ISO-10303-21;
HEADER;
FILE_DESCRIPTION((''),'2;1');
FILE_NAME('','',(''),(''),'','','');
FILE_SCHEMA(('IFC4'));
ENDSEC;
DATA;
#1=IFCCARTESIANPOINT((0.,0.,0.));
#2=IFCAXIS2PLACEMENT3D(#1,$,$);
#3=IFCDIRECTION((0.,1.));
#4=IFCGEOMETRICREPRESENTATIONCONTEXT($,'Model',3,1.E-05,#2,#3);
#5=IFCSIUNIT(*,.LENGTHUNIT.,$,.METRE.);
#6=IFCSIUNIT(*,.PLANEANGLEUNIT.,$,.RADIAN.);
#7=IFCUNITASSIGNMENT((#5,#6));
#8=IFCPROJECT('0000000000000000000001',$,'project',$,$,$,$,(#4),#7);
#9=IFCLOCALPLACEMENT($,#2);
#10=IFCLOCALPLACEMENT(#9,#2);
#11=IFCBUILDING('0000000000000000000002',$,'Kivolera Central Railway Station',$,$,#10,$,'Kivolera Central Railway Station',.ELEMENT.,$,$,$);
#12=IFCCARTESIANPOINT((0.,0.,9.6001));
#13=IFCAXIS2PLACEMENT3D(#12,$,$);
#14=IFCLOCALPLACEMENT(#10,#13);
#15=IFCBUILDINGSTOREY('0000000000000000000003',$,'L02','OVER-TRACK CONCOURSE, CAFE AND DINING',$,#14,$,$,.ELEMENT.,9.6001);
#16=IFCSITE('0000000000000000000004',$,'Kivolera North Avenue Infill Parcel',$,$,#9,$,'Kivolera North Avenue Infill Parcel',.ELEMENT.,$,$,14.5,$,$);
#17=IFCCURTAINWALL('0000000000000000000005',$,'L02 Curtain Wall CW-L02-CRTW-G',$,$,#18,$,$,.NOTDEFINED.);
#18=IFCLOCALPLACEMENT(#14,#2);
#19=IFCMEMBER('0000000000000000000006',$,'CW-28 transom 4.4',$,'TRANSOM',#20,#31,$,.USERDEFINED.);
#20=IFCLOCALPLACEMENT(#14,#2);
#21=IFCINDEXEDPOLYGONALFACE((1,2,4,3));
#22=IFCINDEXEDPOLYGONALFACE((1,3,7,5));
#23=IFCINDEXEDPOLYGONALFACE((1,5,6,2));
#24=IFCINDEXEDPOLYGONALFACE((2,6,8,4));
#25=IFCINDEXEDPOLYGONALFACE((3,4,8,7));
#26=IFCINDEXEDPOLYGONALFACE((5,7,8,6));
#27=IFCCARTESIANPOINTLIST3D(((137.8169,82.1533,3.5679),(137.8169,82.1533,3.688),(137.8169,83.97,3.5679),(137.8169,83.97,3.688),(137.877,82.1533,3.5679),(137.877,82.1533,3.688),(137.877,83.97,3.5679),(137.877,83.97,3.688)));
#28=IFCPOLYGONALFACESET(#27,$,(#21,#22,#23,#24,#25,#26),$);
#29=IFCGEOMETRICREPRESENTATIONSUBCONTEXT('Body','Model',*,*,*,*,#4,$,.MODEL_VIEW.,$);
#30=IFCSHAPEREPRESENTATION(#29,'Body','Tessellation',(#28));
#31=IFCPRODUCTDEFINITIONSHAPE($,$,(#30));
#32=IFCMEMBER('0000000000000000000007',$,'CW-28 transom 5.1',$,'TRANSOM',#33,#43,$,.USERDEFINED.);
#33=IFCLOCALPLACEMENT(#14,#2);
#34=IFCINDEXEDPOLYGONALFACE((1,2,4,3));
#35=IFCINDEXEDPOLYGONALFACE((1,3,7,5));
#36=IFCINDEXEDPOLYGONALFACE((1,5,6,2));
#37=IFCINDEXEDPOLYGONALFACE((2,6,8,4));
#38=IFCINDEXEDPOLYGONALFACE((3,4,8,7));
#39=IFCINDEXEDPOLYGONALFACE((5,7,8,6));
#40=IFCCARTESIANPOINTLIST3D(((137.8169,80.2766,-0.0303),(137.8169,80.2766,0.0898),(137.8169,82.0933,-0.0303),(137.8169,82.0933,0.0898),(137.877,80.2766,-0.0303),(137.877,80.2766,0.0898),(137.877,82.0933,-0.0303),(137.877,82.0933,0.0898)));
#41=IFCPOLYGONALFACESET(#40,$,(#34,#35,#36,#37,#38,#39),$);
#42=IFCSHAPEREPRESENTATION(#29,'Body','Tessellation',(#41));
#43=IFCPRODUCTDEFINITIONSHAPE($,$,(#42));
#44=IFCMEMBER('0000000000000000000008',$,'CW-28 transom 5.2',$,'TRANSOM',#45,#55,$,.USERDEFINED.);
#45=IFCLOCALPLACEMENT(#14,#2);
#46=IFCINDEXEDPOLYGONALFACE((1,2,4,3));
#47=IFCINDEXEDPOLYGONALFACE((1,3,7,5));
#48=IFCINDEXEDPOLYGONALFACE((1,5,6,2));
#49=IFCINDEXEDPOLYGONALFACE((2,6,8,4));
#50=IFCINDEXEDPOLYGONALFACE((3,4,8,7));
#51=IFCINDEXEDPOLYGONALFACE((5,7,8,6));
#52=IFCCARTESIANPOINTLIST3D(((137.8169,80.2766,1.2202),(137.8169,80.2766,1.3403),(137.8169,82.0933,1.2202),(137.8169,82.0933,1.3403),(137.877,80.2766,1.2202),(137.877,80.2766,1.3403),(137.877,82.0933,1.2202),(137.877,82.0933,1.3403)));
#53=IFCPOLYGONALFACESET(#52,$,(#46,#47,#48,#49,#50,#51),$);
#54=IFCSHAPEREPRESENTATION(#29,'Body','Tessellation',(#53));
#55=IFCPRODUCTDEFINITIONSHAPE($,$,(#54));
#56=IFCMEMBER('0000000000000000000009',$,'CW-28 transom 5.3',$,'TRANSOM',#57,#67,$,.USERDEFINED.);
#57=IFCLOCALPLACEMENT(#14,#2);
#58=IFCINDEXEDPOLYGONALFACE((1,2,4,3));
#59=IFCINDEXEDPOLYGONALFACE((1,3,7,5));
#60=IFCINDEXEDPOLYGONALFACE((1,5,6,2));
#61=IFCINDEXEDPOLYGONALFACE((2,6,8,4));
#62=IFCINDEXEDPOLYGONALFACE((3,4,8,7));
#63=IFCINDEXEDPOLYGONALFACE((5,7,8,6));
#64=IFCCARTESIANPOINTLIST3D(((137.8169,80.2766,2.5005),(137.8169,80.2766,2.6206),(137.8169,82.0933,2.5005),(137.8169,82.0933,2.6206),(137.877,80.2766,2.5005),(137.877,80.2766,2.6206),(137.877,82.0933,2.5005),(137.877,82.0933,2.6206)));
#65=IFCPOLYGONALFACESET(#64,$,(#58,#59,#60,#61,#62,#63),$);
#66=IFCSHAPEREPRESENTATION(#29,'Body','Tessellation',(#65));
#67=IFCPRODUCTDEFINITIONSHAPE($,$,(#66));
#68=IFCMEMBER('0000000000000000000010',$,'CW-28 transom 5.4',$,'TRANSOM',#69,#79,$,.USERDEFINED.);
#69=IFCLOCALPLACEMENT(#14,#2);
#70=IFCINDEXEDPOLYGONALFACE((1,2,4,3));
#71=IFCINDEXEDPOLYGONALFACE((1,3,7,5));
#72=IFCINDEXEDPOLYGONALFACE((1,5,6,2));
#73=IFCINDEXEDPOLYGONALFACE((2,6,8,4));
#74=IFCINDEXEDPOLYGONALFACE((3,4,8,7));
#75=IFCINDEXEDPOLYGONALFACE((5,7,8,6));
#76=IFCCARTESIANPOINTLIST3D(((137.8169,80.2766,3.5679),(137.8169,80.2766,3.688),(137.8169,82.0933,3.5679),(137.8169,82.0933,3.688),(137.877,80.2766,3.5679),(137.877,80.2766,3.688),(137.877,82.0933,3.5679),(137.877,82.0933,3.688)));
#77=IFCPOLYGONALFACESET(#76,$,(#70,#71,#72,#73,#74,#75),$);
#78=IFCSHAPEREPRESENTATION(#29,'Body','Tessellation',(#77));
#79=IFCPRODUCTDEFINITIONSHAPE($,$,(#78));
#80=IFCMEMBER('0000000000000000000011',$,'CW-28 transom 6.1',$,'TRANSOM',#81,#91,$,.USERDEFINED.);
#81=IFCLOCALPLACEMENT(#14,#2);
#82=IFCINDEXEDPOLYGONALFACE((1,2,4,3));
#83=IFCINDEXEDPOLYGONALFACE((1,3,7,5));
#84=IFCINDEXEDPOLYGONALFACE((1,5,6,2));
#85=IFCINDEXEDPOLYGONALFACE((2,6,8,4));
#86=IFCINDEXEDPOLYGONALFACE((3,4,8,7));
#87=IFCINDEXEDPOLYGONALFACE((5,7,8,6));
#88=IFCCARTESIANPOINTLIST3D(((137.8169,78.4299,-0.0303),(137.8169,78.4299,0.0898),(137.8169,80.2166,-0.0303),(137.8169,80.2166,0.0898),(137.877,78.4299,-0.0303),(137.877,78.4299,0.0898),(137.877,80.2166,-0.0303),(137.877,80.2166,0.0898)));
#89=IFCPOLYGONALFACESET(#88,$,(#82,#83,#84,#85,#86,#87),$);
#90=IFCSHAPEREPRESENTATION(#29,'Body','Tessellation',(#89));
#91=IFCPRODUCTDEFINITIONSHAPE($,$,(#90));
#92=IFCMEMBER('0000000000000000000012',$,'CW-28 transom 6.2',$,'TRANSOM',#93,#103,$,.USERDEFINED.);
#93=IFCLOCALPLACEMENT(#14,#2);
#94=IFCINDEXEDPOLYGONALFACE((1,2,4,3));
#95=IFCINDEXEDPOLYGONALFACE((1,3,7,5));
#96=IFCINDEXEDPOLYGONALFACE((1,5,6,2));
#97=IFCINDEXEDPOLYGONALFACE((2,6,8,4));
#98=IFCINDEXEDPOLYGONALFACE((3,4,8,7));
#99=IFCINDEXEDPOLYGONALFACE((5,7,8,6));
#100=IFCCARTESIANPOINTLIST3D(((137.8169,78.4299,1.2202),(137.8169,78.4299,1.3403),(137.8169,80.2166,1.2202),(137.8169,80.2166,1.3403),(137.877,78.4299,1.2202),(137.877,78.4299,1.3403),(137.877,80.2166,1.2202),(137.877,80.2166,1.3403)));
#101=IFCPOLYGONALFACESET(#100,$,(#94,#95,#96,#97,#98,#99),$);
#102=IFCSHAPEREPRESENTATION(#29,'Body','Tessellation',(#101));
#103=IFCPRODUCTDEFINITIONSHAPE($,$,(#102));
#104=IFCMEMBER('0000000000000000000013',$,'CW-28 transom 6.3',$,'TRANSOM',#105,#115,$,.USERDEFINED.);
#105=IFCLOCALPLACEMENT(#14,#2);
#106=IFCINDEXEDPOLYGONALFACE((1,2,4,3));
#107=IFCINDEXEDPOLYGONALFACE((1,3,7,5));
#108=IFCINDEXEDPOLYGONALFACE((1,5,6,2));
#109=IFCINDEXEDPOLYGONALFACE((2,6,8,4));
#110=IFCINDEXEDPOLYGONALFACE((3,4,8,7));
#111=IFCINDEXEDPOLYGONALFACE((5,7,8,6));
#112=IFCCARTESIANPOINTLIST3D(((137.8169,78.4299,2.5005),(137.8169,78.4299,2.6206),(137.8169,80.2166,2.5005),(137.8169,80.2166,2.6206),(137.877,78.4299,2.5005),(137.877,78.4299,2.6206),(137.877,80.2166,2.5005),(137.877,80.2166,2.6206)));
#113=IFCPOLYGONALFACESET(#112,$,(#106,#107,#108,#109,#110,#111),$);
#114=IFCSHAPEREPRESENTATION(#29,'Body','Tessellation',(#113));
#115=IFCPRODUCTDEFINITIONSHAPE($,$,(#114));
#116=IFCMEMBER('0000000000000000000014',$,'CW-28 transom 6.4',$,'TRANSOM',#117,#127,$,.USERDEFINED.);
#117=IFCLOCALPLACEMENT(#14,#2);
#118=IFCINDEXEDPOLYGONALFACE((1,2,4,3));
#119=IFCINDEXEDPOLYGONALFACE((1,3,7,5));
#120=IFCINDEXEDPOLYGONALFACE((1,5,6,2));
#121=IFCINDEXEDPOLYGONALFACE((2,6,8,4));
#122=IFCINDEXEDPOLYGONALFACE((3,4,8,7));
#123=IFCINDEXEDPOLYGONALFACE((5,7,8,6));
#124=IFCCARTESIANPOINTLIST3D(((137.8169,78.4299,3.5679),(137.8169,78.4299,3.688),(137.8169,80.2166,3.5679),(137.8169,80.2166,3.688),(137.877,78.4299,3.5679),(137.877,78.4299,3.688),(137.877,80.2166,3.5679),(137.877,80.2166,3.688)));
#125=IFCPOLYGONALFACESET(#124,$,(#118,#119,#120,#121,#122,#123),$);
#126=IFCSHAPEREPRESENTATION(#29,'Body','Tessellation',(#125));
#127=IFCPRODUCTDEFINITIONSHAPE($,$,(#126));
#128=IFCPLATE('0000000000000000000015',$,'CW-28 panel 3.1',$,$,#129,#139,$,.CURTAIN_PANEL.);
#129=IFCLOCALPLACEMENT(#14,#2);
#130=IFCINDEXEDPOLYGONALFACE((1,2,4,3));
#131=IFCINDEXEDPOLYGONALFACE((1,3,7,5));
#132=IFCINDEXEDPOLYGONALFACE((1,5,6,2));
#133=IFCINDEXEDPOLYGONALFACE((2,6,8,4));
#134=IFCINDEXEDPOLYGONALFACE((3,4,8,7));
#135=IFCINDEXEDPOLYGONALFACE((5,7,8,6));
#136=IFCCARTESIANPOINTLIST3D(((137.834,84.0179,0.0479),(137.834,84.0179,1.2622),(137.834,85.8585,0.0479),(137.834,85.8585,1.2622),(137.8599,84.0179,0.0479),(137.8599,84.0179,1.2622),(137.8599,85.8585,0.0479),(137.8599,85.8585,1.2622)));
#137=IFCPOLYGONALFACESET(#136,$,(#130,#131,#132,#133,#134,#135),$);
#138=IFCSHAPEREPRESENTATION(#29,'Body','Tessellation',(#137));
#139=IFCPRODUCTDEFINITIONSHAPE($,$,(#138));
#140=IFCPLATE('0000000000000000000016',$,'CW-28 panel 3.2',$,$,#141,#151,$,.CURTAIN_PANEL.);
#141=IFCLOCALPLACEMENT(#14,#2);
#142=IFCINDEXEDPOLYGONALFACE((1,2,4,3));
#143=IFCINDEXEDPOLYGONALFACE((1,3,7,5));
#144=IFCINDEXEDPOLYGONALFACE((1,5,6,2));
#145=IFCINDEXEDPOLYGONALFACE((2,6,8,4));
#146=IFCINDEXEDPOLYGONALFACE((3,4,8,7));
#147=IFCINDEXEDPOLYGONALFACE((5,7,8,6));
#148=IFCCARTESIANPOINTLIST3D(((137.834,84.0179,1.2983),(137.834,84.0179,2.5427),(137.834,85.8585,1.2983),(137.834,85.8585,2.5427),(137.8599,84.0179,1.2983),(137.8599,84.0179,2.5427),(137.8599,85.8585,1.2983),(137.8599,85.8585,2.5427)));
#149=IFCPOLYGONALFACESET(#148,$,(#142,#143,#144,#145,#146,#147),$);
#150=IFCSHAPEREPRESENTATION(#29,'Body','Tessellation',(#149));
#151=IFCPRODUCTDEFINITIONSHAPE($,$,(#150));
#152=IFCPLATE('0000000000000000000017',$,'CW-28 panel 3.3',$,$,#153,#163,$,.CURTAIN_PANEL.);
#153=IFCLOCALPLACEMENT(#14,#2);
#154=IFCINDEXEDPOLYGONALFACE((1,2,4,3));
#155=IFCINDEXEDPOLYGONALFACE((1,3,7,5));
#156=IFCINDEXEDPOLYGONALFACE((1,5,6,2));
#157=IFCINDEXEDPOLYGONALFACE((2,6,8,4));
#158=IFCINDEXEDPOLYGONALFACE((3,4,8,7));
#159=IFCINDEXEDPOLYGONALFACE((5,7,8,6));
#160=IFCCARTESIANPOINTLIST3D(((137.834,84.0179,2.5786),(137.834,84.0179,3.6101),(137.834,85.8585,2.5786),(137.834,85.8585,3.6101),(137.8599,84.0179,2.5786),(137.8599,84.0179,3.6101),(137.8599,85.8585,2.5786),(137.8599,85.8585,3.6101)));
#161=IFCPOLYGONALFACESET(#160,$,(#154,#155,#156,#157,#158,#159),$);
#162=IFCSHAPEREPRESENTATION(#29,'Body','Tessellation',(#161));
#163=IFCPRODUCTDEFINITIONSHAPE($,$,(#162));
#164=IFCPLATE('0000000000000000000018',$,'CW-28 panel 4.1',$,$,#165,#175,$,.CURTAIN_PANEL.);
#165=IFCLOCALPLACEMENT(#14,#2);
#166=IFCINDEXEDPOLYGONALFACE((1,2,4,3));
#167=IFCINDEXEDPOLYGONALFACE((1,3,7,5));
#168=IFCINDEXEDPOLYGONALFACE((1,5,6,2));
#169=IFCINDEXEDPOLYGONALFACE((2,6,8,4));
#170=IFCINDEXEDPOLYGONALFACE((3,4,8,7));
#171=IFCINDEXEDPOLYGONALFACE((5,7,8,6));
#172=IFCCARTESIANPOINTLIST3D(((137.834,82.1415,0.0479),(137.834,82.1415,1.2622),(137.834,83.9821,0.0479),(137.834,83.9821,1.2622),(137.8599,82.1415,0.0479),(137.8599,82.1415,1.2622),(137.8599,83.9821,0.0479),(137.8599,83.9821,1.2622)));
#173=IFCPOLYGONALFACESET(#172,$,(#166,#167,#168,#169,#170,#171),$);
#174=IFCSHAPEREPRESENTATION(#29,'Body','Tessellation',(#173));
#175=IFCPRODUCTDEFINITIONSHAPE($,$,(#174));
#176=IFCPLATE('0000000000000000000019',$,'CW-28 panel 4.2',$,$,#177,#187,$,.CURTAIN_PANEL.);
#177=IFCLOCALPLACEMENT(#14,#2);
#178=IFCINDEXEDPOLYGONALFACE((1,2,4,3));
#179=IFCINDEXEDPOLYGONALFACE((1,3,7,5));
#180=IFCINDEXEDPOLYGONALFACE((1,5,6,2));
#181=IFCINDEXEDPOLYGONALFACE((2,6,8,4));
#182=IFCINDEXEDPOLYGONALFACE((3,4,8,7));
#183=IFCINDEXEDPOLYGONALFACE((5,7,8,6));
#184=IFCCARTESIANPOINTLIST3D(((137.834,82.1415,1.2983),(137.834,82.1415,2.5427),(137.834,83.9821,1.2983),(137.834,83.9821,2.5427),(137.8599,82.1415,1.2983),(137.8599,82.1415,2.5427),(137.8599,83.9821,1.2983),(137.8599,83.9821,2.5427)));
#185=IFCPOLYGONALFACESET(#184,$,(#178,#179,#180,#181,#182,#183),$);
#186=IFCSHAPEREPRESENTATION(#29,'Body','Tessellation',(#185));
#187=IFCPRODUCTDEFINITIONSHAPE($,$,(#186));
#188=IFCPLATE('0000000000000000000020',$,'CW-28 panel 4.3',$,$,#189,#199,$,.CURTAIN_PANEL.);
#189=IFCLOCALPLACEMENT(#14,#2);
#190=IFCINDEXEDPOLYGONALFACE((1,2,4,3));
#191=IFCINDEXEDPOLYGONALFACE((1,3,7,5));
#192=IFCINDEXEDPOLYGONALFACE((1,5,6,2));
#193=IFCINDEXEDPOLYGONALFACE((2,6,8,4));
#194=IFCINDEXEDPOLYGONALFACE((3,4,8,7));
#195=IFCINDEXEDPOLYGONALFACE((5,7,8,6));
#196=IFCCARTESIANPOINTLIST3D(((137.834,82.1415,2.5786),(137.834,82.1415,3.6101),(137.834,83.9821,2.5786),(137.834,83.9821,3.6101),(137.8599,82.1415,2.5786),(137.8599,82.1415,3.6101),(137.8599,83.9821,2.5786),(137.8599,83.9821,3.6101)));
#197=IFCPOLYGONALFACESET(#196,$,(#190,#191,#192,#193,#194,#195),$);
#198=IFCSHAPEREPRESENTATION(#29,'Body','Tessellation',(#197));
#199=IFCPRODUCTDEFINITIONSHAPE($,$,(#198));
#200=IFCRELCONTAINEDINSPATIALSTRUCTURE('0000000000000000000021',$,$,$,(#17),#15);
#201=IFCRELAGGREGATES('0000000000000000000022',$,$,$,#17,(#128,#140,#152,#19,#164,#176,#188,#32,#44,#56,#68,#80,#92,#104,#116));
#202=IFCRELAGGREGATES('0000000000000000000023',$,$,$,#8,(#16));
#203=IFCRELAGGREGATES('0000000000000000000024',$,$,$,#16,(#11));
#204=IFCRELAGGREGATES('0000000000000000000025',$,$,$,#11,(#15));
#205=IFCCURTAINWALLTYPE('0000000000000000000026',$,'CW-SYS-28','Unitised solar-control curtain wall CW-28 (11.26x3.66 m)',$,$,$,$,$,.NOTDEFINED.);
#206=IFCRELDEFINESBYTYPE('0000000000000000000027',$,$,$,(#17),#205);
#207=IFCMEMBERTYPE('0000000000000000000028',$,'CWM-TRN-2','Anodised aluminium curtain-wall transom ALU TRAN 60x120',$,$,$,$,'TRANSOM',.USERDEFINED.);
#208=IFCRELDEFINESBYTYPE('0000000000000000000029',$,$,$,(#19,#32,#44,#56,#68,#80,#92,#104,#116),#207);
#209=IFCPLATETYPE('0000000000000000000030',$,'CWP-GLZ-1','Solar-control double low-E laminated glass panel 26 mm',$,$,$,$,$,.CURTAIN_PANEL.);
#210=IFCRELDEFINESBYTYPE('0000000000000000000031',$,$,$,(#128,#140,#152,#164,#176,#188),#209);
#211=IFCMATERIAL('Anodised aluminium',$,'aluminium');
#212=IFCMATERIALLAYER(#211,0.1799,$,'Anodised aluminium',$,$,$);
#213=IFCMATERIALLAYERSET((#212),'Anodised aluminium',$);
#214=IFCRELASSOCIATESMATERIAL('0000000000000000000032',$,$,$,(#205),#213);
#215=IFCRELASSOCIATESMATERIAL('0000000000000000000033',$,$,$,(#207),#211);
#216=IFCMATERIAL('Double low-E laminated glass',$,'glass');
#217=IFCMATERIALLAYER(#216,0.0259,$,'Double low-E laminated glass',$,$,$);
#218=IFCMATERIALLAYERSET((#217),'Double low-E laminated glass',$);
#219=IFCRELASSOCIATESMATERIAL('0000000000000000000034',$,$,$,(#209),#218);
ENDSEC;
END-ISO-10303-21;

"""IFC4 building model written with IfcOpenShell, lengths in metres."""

from ifc_helpers import new_model, si_unit, direction, frame, origin, origin_2d, place, context, subcontext, project, spatial, rectangle, extrude, material, layer, layer_set, material_profile, profile_set, type_object, element, aggregate, save


model = new_model("IFC4")

# Units and contexts
model_context = context("Model", 3, precision=1e-05, world=origin(), true_north=direction((0.0, 1.0)))
body_context = subcontext(model_context, "Body", "Model", "MODEL_VIEW")
ifc_project = project(units=[si_unit("LENGTHUNIT", "METRE"), si_unit("PLANEANGLEUNIT", "RADIAN")], contexts=[model_context])

# Site, building, storey
site_placement = place(None, origin())
site = spatial("IfcSite", under=ifc_project, at=site_placement, Name="Kivolera North Avenue Infill Parcel", LongName="Kivolera North Avenue Infill Parcel", CompositionType="ELEMENT", RefElevation=14.5)
building_placement = place(site_placement, origin())
building = spatial("IfcBuilding", under=site, at=building_placement, Name="Kivolera Central Railway Station", LongName="Kivolera Central Railway Station", CompositionType="ELEMENT")
storey_placement = place(building_placement, frame((0.0, 0.0, 9.6001)))
storey = spatial("IfcBuildingStorey", under=building, at=storey_placement, Name="L02", Description="OVER-TRACK CONCOURSE, CAFE AND DINING", CompositionType="ELEMENT", Elevation=9.6001)

# Curtain wall, members, plates
ifc_material_1 = material(Name="Anodised aluminium", Category="aluminium")
ifc_layer_1 = layer(ifc_material_1, 0.1799, Name="Anodised aluminium")
ifc_layer_set_1 = layer_set([ifc_layer_1], Name="Anodised aluminium")
curtain_wall_type = type_object("IfcCurtainWallType", Name="CW-SYS-28", Description="Unitised solar-control curtain wall CW-28 (11.26x3.66 m)", PredefinedType="NOTDEFINED", material=ifc_layer_set_1)
curtain_wall_placement = place(storey_placement, origin())
curtain_wall = element("IfcCurtainWall", 1, at=curtain_wall_placement, inside=storey, type_object=curtain_wall_type, Name="L02 Curtain Wall CW-L02-CRTW-G", PredefinedType="NOTDEFINED")
ifc_material_profile_1 = material_profile(ifc_material_1, rectangle(XDim=0.0601, YDim=0.1201, at=origin_2d()), Name="ALU TRAN 60x120")
ifc_profile_set_1 = profile_set([ifc_material_profile_1], Name="Anodised aluminium")
member_type_1 = type_object("IfcMemberType", Name="CWM-TRN-2", Description="Anodised aluminium curtain-wall transom ALU TRAN 60x120", ElementType="TRANSOM", PredefinedType="USERDEFINED", material=ifc_profile_set_1)
member_1_placement = place(storey_placement, frame((137.8469, 83.97, 3.6279), z_axis=(0.0, -1.0, 0.0), x_axis=(1.0, 0.0, 0.0)))
member_1 = element("IfcMember", 2, at=member_1_placement, type_object=member_type_1, Name="CW-28 transom 4.4", ObjectType="TRANSOM", PredefinedType="USERDEFINED", context=body_context, shape_type="SweptSolid", body=[
    extrude(rectangle(XDim=0.0601, YDim=0.1201, at=origin_2d()), origin(), (0.0, 0.0, 1.0), 1.8167),
])
member_2_placement = place(storey_placement, frame((137.8469, 82.0933, 0.0298), z_axis=(0.0, -1.0, 0.0), x_axis=(1.0, 0.0, 0.0)))
member_2 = element("IfcMember", 3, at=member_2_placement, type_object=member_type_1, Name="CW-28 transom 5.1", ObjectType="TRANSOM", PredefinedType="USERDEFINED", context=body_context, shape_type="SweptSolid", body=[
    extrude(rectangle(XDim=0.0601, YDim=0.1201, at=origin_2d()), origin(), (0.0, 0.0, 1.0), 1.8167),
])
member_3_placement = place(storey_placement, frame((137.8469, 82.0933, 1.2803), z_axis=(0.0, -1.0, 0.0), x_axis=(1.0, 0.0, 0.0)))
member_3 = element("IfcMember", 4, at=member_3_placement, type_object=member_type_1, Name="CW-28 transom 5.2", ObjectType="TRANSOM", PredefinedType="USERDEFINED", context=body_context, shape_type="SweptSolid", body=[
    extrude(rectangle(XDim=0.0601, YDim=0.1201, at=origin_2d()), origin(), (0.0, 0.0, 1.0), 1.8167),
])
member_4_placement = place(storey_placement, frame((137.8469, 82.0933, 2.5605), z_axis=(0.0, -1.0, 0.0), x_axis=(1.0, 0.0, 0.0)))
member_4 = element("IfcMember", 5, at=member_4_placement, type_object=member_type_1, Name="CW-28 transom 5.3", ObjectType="TRANSOM", PredefinedType="USERDEFINED", context=body_context, shape_type="SweptSolid", body=[
    extrude(rectangle(XDim=0.0601, YDim=0.1201, at=origin_2d()), origin(), (0.0, 0.0, 1.0), 1.8167),
])
member_5_placement = place(storey_placement, frame((137.8469, 82.0933, 3.6279), z_axis=(0.0, -1.0, 0.0), x_axis=(1.0, 0.0, 0.0)))
member_5 = element("IfcMember", 6, at=member_5_placement, type_object=member_type_1, Name="CW-28 transom 5.4", ObjectType="TRANSOM", PredefinedType="USERDEFINED", context=body_context, shape_type="SweptSolid", body=[
    extrude(rectangle(XDim=0.0601, YDim=0.1201, at=origin_2d()), origin(), (0.0, 0.0, 1.0), 1.8167),
])
member_6_placement = place(storey_placement, frame((137.8469, 80.2166, 0.0298), z_axis=(0.0, -1.0, 0.0), x_axis=(1.0, 0.0, 0.0)))
member_6 = element("IfcMember", 7, at=member_6_placement, type_object=member_type_1, Name="CW-28 transom 6.1", ObjectType="TRANSOM", PredefinedType="USERDEFINED", context=body_context, shape_type="SweptSolid", body=[
    extrude(rectangle(XDim=0.0601, YDim=0.1201, at=origin_2d()), origin(), (0.0, 0.0, 1.0), 1.7866),
])
member_7_placement = place(storey_placement, frame((137.8469, 80.2166, 1.2803), z_axis=(0.0, -1.0, 0.0), x_axis=(1.0, 0.0, 0.0)))
member_7 = element("IfcMember", 8, at=member_7_placement, type_object=member_type_1, Name="CW-28 transom 6.2", ObjectType="TRANSOM", PredefinedType="USERDEFINED", context=body_context, shape_type="SweptSolid", body=[
    extrude(rectangle(XDim=0.0601, YDim=0.1201, at=origin_2d()), origin(), (0.0, 0.0, 1.0), 1.7866),
])
member_8_placement = place(storey_placement, frame((137.8469, 80.2166, 2.5605), z_axis=(0.0, -1.0, 0.0), x_axis=(1.0, 0.0, 0.0)))
member_8 = element("IfcMember", 9, at=member_8_placement, type_object=member_type_1, Name="CW-28 transom 6.3", ObjectType="TRANSOM", PredefinedType="USERDEFINED", context=body_context, shape_type="SweptSolid", body=[
    extrude(rectangle(XDim=0.0601, YDim=0.1201, at=origin_2d()), origin(), (0.0, 0.0, 1.0), 1.7866),
])
member_9_placement = place(storey_placement, frame((137.8469, 80.2166, 3.6279), z_axis=(0.0, -1.0, 0.0), x_axis=(1.0, 0.0, 0.0)))
member_9 = element("IfcMember", 10, at=member_9_placement, type_object=member_type_1, Name="CW-28 transom 6.4", ObjectType="TRANSOM", PredefinedType="USERDEFINED", context=body_context, shape_type="SweptSolid", body=[
    extrude(rectangle(XDim=0.0601, YDim=0.1201, at=origin_2d()), origin(), (0.0, 0.0, 1.0), 1.7866),
])
ifc_material_2 = material(Name="Double low-E laminated glass", Category="glass")
ifc_layer_2 = layer(ifc_material_2, 0.0259, Name="Double low-E laminated glass")
ifc_layer_set_2 = layer_set([ifc_layer_2], Name="Double low-E laminated glass")
plate_type = type_object("IfcPlateType", Name="CWP-GLZ-1", Description="Solar-control double low-E laminated glass panel 26 mm", PredefinedType="CURTAIN_PANEL", material=ifc_layer_set_2)
plate_1_placement = place(storey_placement, frame((137.8469, 84.9382, 0.0479), z_axis=(0.0, 0.0, 1.0), x_axis=(0.0, -1.0, 0.0)))
plate_1 = element("IfcPlate", 11, at=plate_1_placement, type_object=plate_type, Name="CW-28 panel 3.1", PredefinedType="CURTAIN_PANEL", context=body_context, shape_type="SweptSolid", body=[
    extrude(rectangle(XDim=1.8406, YDim=0.0259, at=origin_2d()), origin(), (0.0, 0.0, 1.0), 1.2144),
])
plate_2_placement = place(storey_placement, frame((137.8469, 84.9382, 1.2983), z_axis=(0.0, 0.0, 1.0), x_axis=(0.0, -1.0, 0.0)))
plate_2 = element("IfcPlate", 12, at=plate_2_placement, type_object=plate_type, Name="CW-28 panel 3.2", PredefinedType="CURTAIN_PANEL", context=body_context, shape_type="SweptSolid", body=[
    extrude(rectangle(XDim=1.8406, YDim=0.0259, at=origin_2d()), origin(), (0.0, 0.0, 1.0), 1.2444),
])
plate_3_placement = place(storey_placement, frame((137.8469, 84.9382, 2.5786), z_axis=(0.0, 0.0, 1.0), x_axis=(0.0, -1.0, 0.0)))
plate_3 = element("IfcPlate", 13, at=plate_3_placement, type_object=plate_type, Name="CW-28 panel 3.3", PredefinedType="CURTAIN_PANEL", context=body_context, shape_type="SweptSolid", body=[
    extrude(rectangle(XDim=1.8406, YDim=0.0259, at=origin_2d()), origin(), (0.0, 0.0, 1.0), 1.0315),
])
plate_4_placement = place(storey_placement, frame((137.8469, 83.0618, 0.0479), z_axis=(0.0, 0.0, 1.0), x_axis=(0.0, -1.0, 0.0)))
plate_4 = element("IfcPlate", 14, at=plate_4_placement, type_object=plate_type, Name="CW-28 panel 4.1", PredefinedType="CURTAIN_PANEL", context=body_context, shape_type="SweptSolid", body=[
    extrude(rectangle(XDim=1.8406, YDim=0.0259, at=origin_2d()), origin(), (0.0, 0.0, 1.0), 1.2144),
])
plate_5_placement = place(storey_placement, frame((137.8469, 83.0618, 1.2983), z_axis=(0.0, 0.0, 1.0), x_axis=(0.0, -1.0, 0.0)))
plate_5 = element("IfcPlate", 15, at=plate_5_placement, type_object=plate_type, Name="CW-28 panel 4.2", PredefinedType="CURTAIN_PANEL", context=body_context, shape_type="SweptSolid", body=[
    extrude(rectangle(XDim=1.8406, YDim=0.0259, at=origin_2d()), origin(), (0.0, 0.0, 1.0), 1.2444),
])
plate_6_placement = place(storey_placement, frame((137.8469, 83.0618, 2.5786), z_axis=(0.0, 0.0, 1.0), x_axis=(0.0, -1.0, 0.0)))
plate_6 = element("IfcPlate", 16, at=plate_6_placement, type_object=plate_type, Name="CW-28 panel 4.3", PredefinedType="CURTAIN_PANEL", context=body_context, shape_type="SweptSolid", body=[
    extrude(rectangle(XDim=1.8406, YDim=0.0259, at=origin_2d()), origin(), (0.0, 0.0, 1.0), 1.0315),
])
aggregate(curtain_wall, [plate_1, plate_2, plate_3, member_1, plate_4, plate_5, plate_6, member_2, member_3, member_4, member_5, member_6, member_7, member_8, member_9])

save(model, "model.ifc")
